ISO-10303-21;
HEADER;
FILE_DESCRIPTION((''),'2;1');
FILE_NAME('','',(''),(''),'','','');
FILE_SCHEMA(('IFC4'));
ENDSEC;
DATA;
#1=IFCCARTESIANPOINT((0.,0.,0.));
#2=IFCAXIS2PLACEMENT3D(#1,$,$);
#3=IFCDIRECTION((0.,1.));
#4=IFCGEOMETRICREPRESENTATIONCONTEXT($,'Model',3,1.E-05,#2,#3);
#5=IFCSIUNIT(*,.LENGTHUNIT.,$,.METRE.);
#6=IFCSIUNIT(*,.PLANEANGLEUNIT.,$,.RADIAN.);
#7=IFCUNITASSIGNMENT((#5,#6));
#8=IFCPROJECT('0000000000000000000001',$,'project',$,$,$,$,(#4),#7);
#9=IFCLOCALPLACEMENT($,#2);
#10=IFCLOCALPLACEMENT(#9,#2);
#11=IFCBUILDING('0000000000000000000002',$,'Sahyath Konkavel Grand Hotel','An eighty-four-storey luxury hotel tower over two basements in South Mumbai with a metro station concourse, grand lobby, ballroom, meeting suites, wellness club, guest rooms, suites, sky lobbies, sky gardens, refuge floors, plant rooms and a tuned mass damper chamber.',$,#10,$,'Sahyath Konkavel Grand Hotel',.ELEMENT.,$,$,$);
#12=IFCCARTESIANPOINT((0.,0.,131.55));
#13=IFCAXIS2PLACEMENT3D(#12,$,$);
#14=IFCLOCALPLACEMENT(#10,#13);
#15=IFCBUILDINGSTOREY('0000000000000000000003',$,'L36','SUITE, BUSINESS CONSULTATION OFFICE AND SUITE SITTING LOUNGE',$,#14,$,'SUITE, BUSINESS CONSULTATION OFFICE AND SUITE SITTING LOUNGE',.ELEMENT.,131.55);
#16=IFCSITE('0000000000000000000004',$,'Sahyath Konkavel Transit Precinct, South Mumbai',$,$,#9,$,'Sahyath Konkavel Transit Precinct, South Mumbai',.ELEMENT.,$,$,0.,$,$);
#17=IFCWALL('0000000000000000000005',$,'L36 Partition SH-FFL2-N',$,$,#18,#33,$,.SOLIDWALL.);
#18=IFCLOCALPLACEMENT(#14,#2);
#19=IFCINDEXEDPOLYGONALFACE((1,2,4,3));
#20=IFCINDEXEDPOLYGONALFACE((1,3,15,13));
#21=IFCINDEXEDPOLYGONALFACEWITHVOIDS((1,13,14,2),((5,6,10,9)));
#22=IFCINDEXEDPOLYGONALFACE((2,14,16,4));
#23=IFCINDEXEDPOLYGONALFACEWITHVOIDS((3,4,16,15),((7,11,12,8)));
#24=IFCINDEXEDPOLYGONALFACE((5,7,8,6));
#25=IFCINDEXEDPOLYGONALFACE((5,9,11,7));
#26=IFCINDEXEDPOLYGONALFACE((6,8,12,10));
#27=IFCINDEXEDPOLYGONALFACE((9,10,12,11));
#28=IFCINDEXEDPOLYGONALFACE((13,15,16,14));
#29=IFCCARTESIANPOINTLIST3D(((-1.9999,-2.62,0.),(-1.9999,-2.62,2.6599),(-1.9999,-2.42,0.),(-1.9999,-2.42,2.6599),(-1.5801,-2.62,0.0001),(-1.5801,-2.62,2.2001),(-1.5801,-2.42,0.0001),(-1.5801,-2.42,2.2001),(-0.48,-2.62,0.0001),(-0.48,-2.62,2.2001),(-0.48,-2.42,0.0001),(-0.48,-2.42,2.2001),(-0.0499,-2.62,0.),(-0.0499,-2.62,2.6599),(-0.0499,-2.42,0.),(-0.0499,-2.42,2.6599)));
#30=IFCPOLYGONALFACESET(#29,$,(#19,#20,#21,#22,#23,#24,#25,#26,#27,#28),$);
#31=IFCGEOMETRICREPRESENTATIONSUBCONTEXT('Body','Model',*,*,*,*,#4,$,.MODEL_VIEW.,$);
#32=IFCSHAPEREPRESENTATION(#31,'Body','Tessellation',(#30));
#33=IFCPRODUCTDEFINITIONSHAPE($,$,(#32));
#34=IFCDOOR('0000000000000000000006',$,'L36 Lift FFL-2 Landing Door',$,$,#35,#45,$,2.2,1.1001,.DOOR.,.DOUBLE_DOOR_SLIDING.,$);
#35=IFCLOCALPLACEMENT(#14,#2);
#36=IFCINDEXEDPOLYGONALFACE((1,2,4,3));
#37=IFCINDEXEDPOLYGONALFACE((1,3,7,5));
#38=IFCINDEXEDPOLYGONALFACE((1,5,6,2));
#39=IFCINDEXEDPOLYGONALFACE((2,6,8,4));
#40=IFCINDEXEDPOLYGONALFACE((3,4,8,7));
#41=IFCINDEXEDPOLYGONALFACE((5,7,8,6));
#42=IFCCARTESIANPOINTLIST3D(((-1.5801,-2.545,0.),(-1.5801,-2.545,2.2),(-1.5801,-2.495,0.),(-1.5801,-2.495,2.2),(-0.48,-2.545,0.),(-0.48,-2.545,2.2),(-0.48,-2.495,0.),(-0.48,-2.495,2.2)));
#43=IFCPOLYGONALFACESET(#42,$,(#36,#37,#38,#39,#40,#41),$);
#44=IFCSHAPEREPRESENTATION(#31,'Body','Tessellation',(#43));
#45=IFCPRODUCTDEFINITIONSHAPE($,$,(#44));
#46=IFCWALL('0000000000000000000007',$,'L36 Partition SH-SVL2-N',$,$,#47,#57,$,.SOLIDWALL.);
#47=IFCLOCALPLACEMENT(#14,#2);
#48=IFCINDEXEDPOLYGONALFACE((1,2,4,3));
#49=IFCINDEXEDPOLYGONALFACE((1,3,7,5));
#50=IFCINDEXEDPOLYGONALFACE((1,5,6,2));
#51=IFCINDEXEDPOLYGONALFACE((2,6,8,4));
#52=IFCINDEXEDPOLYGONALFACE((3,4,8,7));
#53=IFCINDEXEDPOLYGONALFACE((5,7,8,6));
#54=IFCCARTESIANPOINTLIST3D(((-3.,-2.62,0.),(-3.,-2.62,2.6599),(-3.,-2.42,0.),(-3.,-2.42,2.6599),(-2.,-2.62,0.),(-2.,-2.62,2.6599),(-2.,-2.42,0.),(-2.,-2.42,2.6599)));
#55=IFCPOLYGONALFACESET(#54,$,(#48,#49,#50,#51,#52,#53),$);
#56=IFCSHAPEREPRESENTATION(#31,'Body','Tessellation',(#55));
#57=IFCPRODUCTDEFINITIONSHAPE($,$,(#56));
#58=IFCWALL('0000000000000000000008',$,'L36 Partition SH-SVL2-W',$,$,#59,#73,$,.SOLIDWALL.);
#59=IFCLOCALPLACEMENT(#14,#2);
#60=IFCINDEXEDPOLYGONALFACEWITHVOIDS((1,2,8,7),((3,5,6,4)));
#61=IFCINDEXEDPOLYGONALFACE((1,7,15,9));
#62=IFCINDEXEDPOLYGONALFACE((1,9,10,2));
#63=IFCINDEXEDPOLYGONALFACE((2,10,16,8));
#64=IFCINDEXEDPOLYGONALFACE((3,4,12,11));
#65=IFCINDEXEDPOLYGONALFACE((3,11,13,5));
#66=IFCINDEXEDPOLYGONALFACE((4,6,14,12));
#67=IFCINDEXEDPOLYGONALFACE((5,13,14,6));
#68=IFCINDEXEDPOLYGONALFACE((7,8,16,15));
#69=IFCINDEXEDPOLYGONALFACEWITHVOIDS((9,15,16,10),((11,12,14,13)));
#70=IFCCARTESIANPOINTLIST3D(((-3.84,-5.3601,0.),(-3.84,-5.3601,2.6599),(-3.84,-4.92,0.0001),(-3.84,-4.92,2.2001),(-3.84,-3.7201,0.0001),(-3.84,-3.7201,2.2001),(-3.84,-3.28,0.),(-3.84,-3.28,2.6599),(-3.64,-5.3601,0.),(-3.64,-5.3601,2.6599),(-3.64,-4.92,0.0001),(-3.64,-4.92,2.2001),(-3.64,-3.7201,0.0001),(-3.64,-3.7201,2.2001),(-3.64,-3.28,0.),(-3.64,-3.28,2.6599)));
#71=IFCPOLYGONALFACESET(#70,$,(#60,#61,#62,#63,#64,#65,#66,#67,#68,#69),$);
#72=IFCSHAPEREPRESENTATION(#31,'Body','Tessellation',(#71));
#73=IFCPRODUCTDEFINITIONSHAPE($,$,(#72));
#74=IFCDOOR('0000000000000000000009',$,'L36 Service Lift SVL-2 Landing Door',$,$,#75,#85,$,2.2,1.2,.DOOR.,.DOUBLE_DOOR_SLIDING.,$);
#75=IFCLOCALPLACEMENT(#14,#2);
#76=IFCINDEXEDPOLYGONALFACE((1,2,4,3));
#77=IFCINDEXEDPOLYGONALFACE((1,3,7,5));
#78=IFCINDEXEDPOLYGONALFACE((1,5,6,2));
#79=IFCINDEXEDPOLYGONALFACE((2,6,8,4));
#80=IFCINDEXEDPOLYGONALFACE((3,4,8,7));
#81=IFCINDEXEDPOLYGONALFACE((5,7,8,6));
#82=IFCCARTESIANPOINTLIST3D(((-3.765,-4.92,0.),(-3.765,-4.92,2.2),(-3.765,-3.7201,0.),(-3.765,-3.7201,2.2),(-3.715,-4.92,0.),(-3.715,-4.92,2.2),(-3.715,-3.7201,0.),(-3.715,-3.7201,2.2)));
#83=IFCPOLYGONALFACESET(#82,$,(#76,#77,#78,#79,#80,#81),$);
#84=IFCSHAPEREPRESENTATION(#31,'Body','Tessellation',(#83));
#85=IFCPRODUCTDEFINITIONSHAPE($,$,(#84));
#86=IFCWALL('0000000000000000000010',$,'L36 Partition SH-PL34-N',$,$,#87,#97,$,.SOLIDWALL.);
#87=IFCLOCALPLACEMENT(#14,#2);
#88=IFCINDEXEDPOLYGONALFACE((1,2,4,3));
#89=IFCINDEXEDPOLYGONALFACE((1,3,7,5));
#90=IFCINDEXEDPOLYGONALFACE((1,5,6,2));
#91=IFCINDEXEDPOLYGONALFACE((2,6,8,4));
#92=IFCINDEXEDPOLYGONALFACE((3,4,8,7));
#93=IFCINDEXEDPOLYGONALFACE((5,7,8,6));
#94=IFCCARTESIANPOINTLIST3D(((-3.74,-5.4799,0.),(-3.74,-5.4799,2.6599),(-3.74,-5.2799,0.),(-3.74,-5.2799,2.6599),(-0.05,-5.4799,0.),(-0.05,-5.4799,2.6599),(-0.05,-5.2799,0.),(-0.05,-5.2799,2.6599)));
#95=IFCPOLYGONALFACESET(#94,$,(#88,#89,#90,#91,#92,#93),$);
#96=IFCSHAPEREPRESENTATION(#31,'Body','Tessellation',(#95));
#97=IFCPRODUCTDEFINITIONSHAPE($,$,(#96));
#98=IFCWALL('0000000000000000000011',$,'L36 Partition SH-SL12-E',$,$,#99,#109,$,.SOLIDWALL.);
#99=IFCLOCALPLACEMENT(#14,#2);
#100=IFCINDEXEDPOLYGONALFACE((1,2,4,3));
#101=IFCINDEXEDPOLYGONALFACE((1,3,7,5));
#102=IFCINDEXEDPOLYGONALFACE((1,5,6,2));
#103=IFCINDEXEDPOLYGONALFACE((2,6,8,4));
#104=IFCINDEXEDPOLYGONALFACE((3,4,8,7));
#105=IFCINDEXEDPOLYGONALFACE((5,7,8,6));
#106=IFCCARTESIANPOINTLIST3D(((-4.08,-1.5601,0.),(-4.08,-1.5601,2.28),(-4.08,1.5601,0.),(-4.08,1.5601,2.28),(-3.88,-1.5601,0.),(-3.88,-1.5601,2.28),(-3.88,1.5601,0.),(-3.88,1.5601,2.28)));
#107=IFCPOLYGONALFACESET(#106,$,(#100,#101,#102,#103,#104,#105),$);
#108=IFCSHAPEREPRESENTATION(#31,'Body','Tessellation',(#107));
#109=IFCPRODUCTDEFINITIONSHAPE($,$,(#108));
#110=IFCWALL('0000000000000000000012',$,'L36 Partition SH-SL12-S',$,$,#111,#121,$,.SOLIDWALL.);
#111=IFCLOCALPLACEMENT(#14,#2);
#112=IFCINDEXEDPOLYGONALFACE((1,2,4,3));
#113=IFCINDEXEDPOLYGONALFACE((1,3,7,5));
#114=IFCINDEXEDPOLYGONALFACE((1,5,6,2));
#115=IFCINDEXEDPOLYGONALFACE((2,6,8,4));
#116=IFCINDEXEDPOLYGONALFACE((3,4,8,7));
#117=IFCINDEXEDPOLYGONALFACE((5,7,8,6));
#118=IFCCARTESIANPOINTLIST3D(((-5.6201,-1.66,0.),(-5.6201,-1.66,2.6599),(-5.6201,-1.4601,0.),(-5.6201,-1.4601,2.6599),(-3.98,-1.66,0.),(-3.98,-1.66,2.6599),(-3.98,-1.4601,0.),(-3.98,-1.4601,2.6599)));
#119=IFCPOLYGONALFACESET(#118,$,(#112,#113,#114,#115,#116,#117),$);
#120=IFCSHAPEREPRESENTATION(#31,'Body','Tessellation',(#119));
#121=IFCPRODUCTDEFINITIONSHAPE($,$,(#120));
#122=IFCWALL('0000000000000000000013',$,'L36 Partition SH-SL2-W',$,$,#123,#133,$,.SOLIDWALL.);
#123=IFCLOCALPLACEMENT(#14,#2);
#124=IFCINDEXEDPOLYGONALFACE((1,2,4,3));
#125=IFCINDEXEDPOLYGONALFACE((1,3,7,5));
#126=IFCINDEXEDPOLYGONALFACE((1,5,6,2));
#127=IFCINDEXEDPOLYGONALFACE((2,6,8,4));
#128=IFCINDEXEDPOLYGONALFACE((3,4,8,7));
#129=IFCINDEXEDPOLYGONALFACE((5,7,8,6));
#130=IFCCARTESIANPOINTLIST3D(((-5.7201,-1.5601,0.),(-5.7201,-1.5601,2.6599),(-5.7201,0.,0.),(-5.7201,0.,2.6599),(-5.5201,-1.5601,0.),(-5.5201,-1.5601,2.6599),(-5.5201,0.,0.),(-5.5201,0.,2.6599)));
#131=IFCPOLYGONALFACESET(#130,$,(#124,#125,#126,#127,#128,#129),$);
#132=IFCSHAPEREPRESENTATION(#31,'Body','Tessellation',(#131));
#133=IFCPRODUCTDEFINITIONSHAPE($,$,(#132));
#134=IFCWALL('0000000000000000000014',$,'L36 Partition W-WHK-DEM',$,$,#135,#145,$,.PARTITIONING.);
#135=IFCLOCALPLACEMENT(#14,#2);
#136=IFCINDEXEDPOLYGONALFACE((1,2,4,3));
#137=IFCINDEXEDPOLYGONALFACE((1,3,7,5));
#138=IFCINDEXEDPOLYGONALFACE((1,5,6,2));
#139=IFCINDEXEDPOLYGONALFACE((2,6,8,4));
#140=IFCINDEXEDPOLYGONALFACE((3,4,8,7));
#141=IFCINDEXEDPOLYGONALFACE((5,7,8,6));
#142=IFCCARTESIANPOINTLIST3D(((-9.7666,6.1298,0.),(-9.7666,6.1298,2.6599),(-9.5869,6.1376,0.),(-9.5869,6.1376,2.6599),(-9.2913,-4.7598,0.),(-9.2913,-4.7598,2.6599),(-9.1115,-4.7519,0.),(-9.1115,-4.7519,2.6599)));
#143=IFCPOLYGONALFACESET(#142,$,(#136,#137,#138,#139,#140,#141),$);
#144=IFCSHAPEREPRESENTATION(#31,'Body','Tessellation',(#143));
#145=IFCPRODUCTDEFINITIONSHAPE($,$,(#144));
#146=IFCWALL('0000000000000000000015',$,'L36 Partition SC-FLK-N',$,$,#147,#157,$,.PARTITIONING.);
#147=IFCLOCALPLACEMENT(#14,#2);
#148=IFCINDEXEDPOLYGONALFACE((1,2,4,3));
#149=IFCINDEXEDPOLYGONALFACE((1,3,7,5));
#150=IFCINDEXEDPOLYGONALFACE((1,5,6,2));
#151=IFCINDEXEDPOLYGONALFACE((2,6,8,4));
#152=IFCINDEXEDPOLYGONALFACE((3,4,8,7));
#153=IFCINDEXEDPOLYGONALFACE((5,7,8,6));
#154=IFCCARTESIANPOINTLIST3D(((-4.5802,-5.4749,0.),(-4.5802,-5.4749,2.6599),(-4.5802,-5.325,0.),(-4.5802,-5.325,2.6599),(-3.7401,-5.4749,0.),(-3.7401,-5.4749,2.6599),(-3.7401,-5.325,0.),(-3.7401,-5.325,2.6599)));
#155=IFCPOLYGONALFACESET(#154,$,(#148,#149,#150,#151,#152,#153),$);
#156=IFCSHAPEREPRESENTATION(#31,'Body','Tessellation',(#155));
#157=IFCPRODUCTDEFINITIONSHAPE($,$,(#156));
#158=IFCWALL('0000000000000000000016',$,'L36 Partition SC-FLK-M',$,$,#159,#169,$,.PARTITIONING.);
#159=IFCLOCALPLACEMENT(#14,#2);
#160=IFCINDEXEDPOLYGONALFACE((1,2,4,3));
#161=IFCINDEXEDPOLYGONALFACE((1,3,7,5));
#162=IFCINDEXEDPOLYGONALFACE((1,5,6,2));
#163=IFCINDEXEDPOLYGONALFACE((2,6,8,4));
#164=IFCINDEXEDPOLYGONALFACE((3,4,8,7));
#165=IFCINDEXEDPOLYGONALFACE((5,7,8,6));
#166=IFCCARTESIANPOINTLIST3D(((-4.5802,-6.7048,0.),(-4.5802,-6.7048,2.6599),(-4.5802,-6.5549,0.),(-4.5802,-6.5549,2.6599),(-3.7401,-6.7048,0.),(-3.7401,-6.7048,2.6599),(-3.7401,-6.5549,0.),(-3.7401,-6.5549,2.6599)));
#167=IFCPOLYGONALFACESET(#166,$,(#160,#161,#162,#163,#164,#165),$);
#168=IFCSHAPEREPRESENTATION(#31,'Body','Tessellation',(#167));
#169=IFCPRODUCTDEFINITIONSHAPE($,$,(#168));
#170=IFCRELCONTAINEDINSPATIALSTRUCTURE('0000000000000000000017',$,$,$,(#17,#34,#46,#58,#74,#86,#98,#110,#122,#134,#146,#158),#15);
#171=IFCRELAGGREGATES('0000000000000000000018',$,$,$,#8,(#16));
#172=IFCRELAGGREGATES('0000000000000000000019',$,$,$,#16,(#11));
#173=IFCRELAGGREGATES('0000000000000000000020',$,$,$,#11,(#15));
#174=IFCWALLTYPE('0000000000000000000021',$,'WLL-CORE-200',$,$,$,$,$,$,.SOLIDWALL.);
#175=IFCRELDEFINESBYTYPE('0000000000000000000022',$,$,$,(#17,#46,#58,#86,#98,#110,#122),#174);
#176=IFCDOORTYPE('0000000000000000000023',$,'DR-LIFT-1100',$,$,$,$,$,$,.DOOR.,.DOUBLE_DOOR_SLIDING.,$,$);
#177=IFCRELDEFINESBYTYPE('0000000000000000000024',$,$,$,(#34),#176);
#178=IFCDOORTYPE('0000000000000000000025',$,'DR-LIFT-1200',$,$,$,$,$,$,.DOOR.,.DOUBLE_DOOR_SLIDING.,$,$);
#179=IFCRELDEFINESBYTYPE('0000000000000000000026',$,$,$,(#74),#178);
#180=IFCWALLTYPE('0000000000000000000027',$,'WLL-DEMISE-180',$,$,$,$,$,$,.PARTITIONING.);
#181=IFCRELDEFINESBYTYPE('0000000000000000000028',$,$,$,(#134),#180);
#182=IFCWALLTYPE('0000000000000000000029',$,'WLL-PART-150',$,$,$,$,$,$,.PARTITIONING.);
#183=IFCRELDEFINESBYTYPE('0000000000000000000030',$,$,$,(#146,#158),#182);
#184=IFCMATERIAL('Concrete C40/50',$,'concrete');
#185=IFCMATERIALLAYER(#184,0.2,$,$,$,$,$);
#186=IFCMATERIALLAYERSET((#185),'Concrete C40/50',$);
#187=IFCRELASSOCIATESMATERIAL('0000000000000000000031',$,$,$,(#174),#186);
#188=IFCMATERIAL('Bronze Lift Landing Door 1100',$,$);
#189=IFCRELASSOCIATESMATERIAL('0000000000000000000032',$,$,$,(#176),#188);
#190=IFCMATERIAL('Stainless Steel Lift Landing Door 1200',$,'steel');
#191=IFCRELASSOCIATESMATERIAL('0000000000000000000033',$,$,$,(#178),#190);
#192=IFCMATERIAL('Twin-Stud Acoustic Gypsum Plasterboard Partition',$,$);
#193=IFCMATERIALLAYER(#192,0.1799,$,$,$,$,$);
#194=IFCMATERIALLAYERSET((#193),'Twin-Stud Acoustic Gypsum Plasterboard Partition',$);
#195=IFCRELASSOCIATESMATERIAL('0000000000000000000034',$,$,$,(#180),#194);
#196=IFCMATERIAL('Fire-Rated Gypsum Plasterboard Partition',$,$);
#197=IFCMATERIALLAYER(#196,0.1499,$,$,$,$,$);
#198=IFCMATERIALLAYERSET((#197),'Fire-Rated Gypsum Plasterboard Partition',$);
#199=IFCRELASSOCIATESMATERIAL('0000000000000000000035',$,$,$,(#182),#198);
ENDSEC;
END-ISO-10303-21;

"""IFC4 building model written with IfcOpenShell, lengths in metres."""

from ifc_helpers import new_model, si_unit, direction, frame, frame_2d, origin, origin_2d, place, context, subcontext, project, spatial, rectangle, extrude, source, transform, mapped, material, layer, layer_set, type_object, element, fill, save


model = new_model("IFC4")

# Units and contexts
model_context = context("Model", 3, precision=1e-05, world=origin(), true_north=direction((0.0, 1.0)))
body_context = subcontext(model_context, "Body", "Model", "MODEL_VIEW")
ifc_project = project(units=[si_unit("LENGTHUNIT", "METRE"), si_unit("PLANEANGLEUNIT", "RADIAN")], contexts=[model_context])

# Site, building, storey
site_placement = place(None, origin())
site = spatial("IfcSite", under=ifc_project, at=site_placement, Name="Sahyath Konkavel Transit Precinct, South Mumbai", LongName="Sahyath Konkavel Transit Precinct, South Mumbai", CompositionType="ELEMENT", RefElevation=0.0)
building_placement = place(site_placement, origin())
building = spatial("IfcBuilding", under=site, at=building_placement, Name="Sahyath Konkavel Grand Hotel", Description="An eighty-four-storey luxury hotel tower over two basements in South Mumbai with a metro station concourse, grand lobby, ballroom, meeting suites, wellness club, guest rooms, suites, sky lobbies, sky gardens, refuge floors, plant rooms and a tuned mass damper chamber.", LongName="Sahyath Konkavel Grand Hotel", CompositionType="ELEMENT")
storey_placement = place(building_placement, frame((0.0, 0.0, 131.55)))
storey = spatial("IfcBuildingStorey", under=building, at=storey_placement, Name="L36", Description="SUITE, BUSINESS CONSULTATION OFFICE AND SUITE SITTING LOUNGE", LongName="SUITE, BUSINESS CONSULTATION OFFICE AND SUITE SITTING LOUNGE", CompositionType="ELEMENT", Elevation=131.55)

# Shared definitions
ifc_material_1 = material(Name="Concrete C40/50", Category="concrete")
ifc_layer_1 = layer(ifc_material_1, 0.2)
ifc_layer_set_1 = layer_set([ifc_layer_1], Name="Concrete C40/50")
wall_type_1 = type_object("IfcWallType", Name="WLL-CORE-200", PredefinedType="SOLIDWALL", material=ifc_layer_set_1)

# Wall, opening, door
wall_1_placement = place(storey_placement, frame((-2.0, -2.52, 0.0), z_axis=(0.0, 0.0, 1.0), x_axis=(1.0, 0.0, 0.0)))
wall_1 = element("IfcWall", 1, at=wall_1_placement, inside=storey, type_object=wall_type_1, Name="L36 Partition SH-FFL2-N", PredefinedType="SOLIDWALL", context=body_context, shape_type="SweptSolid", body=[
    extrude(rectangle(XDim=1.95, YDim=0.2, at=frame_2d((0.9751, 0.0))), origin(), (0.0, 0.0, 1.0), 2.6599),
])
opening_1_placement = place(wall_1_placement, frame((0.4199, 0.0, 0.0)))
opening_1 = element("IfcOpeningElement", 2, at=opening_1_placement, cuts=wall_1, PredefinedType="OPENING", context=body_context, shape_type="SweptSolid", body=[
    extrude(rectangle(XDim=1.1001, YDim=2.2, at=frame_2d((0.55, 1.1001))), frame((0.0, 0.1099, 0.0), z_axis=(0.0, -1.0, 0.0), x_axis=(1.0, 0.0, 0.0)), (0.0, 0.0, 1.0), 0.22),
])
ifc_material_2 = material(Name="Bronze Lift Landing Door 1100")
door_type_1 = type_object("IfcDoorType", Name="DR-LIFT-1100", OperationType="DOUBLE_DOOR_SLIDING", PredefinedType="DOOR", material=ifc_material_2)
shared_shape_1 = source(origin(), body_context, "Body", "SweptSolid", [
    extrude(rectangle(XDim=1.1001, YDim=0.05, at=origin_2d()), origin(), (0.0, 0.0, 1.0), 2.2),
])
door_1_placement = place(opening_1_placement, frame((0.55, 0.0, 0.0)))
door_1 = element("IfcDoor", 3, at=door_1_placement, inside=storey, type_object=door_type_1, Name="L36 Lift FFL-2 Landing Door", OperationType="DOUBLE_DOOR_SLIDING", OverallHeight=2.2, OverallWidth=1.1001, PredefinedType="DOOR", context=body_context, shape_type="MappedRepresentation", body=[
    mapped(shared_shape_1, transform((0.0, 0.0, 0.0), scale=1.0)),
])
fill(opening_1, door_1)

# Wall
wall_2_placement = place(storey_placement, frame((-3.0, -2.52, 0.0), z_axis=(0.0, 0.0, 1.0), x_axis=(1.0, 0.0, 0.0)))
element("IfcWall", 4, at=wall_2_placement, inside=storey, type_object=wall_type_1, Name="L36 Partition SH-SVL2-N", PredefinedType="SOLIDWALL", context=body_context, shape_type="SweptSolid", body=[
    extrude(rectangle(XDim=1.0, YDim=0.2, at=frame_2d((0.5, 0.0))), origin(), (0.0, 0.0, 1.0), 2.6599),
])

# Wall, opening, door
wall_3_placement = place(storey_placement, frame((-3.74, -5.3601, 0.0), z_axis=(0.0, 0.0, 1.0), x_axis=(0.0, 1.0, 0.0)))
wall_3 = element("IfcWall", 5, at=wall_3_placement, inside=storey, type_object=wall_type_1, Name="L36 Partition SH-SVL2-W", PredefinedType="SOLIDWALL", context=body_context, shape_type="SweptSolid", body=[
    extrude(rectangle(XDim=2.0801, YDim=0.2, at=frame_2d((1.04, 0.0))), origin(), (0.0, 0.0, 1.0), 2.6599),
])
opening_2_placement = place(wall_3_placement, frame((0.4399, 0.0, 0.0)))
opening_2 = element("IfcOpeningElement", 6, at=opening_2_placement, cuts=wall_3, PredefinedType="OPENING", context=body_context, shape_type="SweptSolid", body=[
    extrude(rectangle(XDim=1.2, YDim=2.2, at=frame_2d((0.6001, 1.1001))), frame((0.0, 0.1099, 0.0), z_axis=(0.0, -1.0, 0.0), x_axis=(1.0, 0.0, 0.0)), (0.0, 0.0, 1.0), 0.22),
])
ifc_material_3 = material(Name="Stainless Steel Lift Landing Door 1200", Category="steel")
door_type_2 = type_object("IfcDoorType", Name="DR-LIFT-1200", OperationType="DOUBLE_DOOR_SLIDING", PredefinedType="DOOR", material=ifc_material_3)
shared_shape_2 = source(origin(), body_context, "Body", "SweptSolid", [
    extrude(rectangle(XDim=1.2, YDim=0.05, at=origin_2d()), origin(), (0.0, 0.0, 1.0), 2.2),
])
door_2_placement = place(opening_2_placement, frame((0.6001, 0.0, 0.0)))
door_2 = element("IfcDoor", 7, at=door_2_placement, inside=storey, type_object=door_type_2, Name="L36 Service Lift SVL-2 Landing Door", OperationType="DOUBLE_DOOR_SLIDING", OverallHeight=2.2, OverallWidth=1.2, PredefinedType="DOOR", context=body_context, shape_type="MappedRepresentation", body=[
    mapped(shared_shape_2, transform((0.0, 0.0, 0.0), scale=1.0)),
])
fill(opening_2, door_2)

# Walls
wall_4_placement = place(storey_placement, frame((-3.74, -5.3799, 0.0), z_axis=(0.0, 0.0, 1.0), x_axis=(1.0, 0.0, 0.0)))
element("IfcWall", 8, at=wall_4_placement, inside=storey, type_object=wall_type_1, Name="L36 Partition SH-PL34-N", PredefinedType="SOLIDWALL", context=body_context, shape_type="SweptSolid", body=[
    extrude(rectangle(XDim=3.6899, YDim=0.2, at=frame_2d((1.845, 0.0))), origin(), (0.0, 0.0, 1.0), 2.6599),
])
wall_5_placement = place(storey_placement, frame((-3.98, -1.5601, 0.0), z_axis=(0.0, 0.0, 1.0), x_axis=(0.0, 1.0, 0.0)))
element("IfcWall", 9, at=wall_5_placement, inside=storey, type_object=wall_type_1, Name="L36 Partition SH-SL12-E", PredefinedType="SOLIDWALL", context=body_context, shape_type="SweptSolid", body=[
    extrude(rectangle(XDim=3.1201, YDim=0.2, at=frame_2d((1.5601, 0.0))), origin(), (0.0, 0.0, 1.0), 2.28),
])
wall_6_placement = place(storey_placement, frame((-5.6201, -1.5601, 0.0), z_axis=(0.0, 0.0, 1.0), x_axis=(1.0, 0.0, 0.0)))
element("IfcWall", 10, at=wall_6_placement, inside=storey, type_object=wall_type_1, Name="L36 Partition SH-SL12-S", PredefinedType="SOLIDWALL", context=body_context, shape_type="SweptSolid", body=[
    extrude(rectangle(XDim=1.6401, YDim=0.2, at=frame_2d((0.8201, 0.0))), origin(), (0.0, 0.0, 1.0), 2.6599),
])
wall_7_placement = place(storey_placement, frame((-5.6201, -1.5601, 0.0), z_axis=(0.0, 0.0, 1.0), x_axis=(0.0, 1.0, 0.0)))
element("IfcWall", 11, at=wall_7_placement, inside=storey, type_object=wall_type_1, Name="L36 Partition SH-SL2-W", PredefinedType="SOLIDWALL", context=body_context, shape_type="SweptSolid", body=[
    extrude(rectangle(XDim=1.5601, YDim=0.2, at=frame_2d((0.78, 0.0))), origin(), (0.0, 0.0, 1.0), 2.6599),
])
ifc_material_4 = material(Name="Twin-Stud Acoustic Gypsum Plasterboard Partition")
ifc_layer_2 = layer(ifc_material_4, 0.1799)
ifc_layer_set_2 = layer_set([ifc_layer_2], Name="Twin-Stud Acoustic Gypsum Plasterboard Partition")
wall_type_2 = type_object("IfcWallType", Name="WLL-DEMISE-180", PredefinedType="PARTITIONING", material=ifc_layer_set_2)
wall_8_placement = place(storey_placement, frame((-9.2014, -4.7559, 0.0), z_axis=(0.0, 0.0, 1.0), x_axis=(-0.043609, 0.999049, 0.0)))
element("IfcWall", 12, at=wall_8_placement, inside=storey, type_object=wall_type_2, Name="L36 Partition W-WHK-DEM", PredefinedType="PARTITIONING", context=body_context, shape_type="SweptSolid", body=[
    extrude(rectangle(XDim=10.8999, YDim=0.1799, at=frame_2d((5.45, 0.0))), origin(), (0.0, 0.0, 1.0), 2.6599),
])
ifc_material_5 = material(Name="Fire-Rated Gypsum Plasterboard Partition")
ifc_layer_3 = layer(ifc_material_5, 0.1499)
ifc_layer_set_3 = layer_set([ifc_layer_3], Name="Fire-Rated Gypsum Plasterboard Partition")
wall_type_3 = type_object("IfcWallType", Name="WLL-PART-150", PredefinedType="PARTITIONING", material=ifc_layer_set_3)
for number, where, z_axis, x_axis, name in (
    (13, (-4.5801, -5.3999, 0.0), (0.0, 0.0, 1.0), (1.0, 0.0, 0.0), "L36 Partition SC-FLK-N"),
    (14, (-4.5801, -6.6299, 0.0), (0.0, 0.0, 1.0), (1.0, 0.0, 0.0), "L36 Partition SC-FLK-M"),
):
    element("IfcWall", number, at=place(storey_placement, frame(where, z_axis=z_axis, x_axis=x_axis)), inside=storey, type_object=wall_type_3, Name=name, PredefinedType="PARTITIONING", context=body_context, shape_type="SweptSolid", body=[
        extrude(rectangle(XDim=0.8401, YDim=0.1499, at=frame_2d((0.4199, 0.0))), origin(), (0.0, 0.0, 1.0), 2.6599),
    ])

save(model, "model.ifc")
